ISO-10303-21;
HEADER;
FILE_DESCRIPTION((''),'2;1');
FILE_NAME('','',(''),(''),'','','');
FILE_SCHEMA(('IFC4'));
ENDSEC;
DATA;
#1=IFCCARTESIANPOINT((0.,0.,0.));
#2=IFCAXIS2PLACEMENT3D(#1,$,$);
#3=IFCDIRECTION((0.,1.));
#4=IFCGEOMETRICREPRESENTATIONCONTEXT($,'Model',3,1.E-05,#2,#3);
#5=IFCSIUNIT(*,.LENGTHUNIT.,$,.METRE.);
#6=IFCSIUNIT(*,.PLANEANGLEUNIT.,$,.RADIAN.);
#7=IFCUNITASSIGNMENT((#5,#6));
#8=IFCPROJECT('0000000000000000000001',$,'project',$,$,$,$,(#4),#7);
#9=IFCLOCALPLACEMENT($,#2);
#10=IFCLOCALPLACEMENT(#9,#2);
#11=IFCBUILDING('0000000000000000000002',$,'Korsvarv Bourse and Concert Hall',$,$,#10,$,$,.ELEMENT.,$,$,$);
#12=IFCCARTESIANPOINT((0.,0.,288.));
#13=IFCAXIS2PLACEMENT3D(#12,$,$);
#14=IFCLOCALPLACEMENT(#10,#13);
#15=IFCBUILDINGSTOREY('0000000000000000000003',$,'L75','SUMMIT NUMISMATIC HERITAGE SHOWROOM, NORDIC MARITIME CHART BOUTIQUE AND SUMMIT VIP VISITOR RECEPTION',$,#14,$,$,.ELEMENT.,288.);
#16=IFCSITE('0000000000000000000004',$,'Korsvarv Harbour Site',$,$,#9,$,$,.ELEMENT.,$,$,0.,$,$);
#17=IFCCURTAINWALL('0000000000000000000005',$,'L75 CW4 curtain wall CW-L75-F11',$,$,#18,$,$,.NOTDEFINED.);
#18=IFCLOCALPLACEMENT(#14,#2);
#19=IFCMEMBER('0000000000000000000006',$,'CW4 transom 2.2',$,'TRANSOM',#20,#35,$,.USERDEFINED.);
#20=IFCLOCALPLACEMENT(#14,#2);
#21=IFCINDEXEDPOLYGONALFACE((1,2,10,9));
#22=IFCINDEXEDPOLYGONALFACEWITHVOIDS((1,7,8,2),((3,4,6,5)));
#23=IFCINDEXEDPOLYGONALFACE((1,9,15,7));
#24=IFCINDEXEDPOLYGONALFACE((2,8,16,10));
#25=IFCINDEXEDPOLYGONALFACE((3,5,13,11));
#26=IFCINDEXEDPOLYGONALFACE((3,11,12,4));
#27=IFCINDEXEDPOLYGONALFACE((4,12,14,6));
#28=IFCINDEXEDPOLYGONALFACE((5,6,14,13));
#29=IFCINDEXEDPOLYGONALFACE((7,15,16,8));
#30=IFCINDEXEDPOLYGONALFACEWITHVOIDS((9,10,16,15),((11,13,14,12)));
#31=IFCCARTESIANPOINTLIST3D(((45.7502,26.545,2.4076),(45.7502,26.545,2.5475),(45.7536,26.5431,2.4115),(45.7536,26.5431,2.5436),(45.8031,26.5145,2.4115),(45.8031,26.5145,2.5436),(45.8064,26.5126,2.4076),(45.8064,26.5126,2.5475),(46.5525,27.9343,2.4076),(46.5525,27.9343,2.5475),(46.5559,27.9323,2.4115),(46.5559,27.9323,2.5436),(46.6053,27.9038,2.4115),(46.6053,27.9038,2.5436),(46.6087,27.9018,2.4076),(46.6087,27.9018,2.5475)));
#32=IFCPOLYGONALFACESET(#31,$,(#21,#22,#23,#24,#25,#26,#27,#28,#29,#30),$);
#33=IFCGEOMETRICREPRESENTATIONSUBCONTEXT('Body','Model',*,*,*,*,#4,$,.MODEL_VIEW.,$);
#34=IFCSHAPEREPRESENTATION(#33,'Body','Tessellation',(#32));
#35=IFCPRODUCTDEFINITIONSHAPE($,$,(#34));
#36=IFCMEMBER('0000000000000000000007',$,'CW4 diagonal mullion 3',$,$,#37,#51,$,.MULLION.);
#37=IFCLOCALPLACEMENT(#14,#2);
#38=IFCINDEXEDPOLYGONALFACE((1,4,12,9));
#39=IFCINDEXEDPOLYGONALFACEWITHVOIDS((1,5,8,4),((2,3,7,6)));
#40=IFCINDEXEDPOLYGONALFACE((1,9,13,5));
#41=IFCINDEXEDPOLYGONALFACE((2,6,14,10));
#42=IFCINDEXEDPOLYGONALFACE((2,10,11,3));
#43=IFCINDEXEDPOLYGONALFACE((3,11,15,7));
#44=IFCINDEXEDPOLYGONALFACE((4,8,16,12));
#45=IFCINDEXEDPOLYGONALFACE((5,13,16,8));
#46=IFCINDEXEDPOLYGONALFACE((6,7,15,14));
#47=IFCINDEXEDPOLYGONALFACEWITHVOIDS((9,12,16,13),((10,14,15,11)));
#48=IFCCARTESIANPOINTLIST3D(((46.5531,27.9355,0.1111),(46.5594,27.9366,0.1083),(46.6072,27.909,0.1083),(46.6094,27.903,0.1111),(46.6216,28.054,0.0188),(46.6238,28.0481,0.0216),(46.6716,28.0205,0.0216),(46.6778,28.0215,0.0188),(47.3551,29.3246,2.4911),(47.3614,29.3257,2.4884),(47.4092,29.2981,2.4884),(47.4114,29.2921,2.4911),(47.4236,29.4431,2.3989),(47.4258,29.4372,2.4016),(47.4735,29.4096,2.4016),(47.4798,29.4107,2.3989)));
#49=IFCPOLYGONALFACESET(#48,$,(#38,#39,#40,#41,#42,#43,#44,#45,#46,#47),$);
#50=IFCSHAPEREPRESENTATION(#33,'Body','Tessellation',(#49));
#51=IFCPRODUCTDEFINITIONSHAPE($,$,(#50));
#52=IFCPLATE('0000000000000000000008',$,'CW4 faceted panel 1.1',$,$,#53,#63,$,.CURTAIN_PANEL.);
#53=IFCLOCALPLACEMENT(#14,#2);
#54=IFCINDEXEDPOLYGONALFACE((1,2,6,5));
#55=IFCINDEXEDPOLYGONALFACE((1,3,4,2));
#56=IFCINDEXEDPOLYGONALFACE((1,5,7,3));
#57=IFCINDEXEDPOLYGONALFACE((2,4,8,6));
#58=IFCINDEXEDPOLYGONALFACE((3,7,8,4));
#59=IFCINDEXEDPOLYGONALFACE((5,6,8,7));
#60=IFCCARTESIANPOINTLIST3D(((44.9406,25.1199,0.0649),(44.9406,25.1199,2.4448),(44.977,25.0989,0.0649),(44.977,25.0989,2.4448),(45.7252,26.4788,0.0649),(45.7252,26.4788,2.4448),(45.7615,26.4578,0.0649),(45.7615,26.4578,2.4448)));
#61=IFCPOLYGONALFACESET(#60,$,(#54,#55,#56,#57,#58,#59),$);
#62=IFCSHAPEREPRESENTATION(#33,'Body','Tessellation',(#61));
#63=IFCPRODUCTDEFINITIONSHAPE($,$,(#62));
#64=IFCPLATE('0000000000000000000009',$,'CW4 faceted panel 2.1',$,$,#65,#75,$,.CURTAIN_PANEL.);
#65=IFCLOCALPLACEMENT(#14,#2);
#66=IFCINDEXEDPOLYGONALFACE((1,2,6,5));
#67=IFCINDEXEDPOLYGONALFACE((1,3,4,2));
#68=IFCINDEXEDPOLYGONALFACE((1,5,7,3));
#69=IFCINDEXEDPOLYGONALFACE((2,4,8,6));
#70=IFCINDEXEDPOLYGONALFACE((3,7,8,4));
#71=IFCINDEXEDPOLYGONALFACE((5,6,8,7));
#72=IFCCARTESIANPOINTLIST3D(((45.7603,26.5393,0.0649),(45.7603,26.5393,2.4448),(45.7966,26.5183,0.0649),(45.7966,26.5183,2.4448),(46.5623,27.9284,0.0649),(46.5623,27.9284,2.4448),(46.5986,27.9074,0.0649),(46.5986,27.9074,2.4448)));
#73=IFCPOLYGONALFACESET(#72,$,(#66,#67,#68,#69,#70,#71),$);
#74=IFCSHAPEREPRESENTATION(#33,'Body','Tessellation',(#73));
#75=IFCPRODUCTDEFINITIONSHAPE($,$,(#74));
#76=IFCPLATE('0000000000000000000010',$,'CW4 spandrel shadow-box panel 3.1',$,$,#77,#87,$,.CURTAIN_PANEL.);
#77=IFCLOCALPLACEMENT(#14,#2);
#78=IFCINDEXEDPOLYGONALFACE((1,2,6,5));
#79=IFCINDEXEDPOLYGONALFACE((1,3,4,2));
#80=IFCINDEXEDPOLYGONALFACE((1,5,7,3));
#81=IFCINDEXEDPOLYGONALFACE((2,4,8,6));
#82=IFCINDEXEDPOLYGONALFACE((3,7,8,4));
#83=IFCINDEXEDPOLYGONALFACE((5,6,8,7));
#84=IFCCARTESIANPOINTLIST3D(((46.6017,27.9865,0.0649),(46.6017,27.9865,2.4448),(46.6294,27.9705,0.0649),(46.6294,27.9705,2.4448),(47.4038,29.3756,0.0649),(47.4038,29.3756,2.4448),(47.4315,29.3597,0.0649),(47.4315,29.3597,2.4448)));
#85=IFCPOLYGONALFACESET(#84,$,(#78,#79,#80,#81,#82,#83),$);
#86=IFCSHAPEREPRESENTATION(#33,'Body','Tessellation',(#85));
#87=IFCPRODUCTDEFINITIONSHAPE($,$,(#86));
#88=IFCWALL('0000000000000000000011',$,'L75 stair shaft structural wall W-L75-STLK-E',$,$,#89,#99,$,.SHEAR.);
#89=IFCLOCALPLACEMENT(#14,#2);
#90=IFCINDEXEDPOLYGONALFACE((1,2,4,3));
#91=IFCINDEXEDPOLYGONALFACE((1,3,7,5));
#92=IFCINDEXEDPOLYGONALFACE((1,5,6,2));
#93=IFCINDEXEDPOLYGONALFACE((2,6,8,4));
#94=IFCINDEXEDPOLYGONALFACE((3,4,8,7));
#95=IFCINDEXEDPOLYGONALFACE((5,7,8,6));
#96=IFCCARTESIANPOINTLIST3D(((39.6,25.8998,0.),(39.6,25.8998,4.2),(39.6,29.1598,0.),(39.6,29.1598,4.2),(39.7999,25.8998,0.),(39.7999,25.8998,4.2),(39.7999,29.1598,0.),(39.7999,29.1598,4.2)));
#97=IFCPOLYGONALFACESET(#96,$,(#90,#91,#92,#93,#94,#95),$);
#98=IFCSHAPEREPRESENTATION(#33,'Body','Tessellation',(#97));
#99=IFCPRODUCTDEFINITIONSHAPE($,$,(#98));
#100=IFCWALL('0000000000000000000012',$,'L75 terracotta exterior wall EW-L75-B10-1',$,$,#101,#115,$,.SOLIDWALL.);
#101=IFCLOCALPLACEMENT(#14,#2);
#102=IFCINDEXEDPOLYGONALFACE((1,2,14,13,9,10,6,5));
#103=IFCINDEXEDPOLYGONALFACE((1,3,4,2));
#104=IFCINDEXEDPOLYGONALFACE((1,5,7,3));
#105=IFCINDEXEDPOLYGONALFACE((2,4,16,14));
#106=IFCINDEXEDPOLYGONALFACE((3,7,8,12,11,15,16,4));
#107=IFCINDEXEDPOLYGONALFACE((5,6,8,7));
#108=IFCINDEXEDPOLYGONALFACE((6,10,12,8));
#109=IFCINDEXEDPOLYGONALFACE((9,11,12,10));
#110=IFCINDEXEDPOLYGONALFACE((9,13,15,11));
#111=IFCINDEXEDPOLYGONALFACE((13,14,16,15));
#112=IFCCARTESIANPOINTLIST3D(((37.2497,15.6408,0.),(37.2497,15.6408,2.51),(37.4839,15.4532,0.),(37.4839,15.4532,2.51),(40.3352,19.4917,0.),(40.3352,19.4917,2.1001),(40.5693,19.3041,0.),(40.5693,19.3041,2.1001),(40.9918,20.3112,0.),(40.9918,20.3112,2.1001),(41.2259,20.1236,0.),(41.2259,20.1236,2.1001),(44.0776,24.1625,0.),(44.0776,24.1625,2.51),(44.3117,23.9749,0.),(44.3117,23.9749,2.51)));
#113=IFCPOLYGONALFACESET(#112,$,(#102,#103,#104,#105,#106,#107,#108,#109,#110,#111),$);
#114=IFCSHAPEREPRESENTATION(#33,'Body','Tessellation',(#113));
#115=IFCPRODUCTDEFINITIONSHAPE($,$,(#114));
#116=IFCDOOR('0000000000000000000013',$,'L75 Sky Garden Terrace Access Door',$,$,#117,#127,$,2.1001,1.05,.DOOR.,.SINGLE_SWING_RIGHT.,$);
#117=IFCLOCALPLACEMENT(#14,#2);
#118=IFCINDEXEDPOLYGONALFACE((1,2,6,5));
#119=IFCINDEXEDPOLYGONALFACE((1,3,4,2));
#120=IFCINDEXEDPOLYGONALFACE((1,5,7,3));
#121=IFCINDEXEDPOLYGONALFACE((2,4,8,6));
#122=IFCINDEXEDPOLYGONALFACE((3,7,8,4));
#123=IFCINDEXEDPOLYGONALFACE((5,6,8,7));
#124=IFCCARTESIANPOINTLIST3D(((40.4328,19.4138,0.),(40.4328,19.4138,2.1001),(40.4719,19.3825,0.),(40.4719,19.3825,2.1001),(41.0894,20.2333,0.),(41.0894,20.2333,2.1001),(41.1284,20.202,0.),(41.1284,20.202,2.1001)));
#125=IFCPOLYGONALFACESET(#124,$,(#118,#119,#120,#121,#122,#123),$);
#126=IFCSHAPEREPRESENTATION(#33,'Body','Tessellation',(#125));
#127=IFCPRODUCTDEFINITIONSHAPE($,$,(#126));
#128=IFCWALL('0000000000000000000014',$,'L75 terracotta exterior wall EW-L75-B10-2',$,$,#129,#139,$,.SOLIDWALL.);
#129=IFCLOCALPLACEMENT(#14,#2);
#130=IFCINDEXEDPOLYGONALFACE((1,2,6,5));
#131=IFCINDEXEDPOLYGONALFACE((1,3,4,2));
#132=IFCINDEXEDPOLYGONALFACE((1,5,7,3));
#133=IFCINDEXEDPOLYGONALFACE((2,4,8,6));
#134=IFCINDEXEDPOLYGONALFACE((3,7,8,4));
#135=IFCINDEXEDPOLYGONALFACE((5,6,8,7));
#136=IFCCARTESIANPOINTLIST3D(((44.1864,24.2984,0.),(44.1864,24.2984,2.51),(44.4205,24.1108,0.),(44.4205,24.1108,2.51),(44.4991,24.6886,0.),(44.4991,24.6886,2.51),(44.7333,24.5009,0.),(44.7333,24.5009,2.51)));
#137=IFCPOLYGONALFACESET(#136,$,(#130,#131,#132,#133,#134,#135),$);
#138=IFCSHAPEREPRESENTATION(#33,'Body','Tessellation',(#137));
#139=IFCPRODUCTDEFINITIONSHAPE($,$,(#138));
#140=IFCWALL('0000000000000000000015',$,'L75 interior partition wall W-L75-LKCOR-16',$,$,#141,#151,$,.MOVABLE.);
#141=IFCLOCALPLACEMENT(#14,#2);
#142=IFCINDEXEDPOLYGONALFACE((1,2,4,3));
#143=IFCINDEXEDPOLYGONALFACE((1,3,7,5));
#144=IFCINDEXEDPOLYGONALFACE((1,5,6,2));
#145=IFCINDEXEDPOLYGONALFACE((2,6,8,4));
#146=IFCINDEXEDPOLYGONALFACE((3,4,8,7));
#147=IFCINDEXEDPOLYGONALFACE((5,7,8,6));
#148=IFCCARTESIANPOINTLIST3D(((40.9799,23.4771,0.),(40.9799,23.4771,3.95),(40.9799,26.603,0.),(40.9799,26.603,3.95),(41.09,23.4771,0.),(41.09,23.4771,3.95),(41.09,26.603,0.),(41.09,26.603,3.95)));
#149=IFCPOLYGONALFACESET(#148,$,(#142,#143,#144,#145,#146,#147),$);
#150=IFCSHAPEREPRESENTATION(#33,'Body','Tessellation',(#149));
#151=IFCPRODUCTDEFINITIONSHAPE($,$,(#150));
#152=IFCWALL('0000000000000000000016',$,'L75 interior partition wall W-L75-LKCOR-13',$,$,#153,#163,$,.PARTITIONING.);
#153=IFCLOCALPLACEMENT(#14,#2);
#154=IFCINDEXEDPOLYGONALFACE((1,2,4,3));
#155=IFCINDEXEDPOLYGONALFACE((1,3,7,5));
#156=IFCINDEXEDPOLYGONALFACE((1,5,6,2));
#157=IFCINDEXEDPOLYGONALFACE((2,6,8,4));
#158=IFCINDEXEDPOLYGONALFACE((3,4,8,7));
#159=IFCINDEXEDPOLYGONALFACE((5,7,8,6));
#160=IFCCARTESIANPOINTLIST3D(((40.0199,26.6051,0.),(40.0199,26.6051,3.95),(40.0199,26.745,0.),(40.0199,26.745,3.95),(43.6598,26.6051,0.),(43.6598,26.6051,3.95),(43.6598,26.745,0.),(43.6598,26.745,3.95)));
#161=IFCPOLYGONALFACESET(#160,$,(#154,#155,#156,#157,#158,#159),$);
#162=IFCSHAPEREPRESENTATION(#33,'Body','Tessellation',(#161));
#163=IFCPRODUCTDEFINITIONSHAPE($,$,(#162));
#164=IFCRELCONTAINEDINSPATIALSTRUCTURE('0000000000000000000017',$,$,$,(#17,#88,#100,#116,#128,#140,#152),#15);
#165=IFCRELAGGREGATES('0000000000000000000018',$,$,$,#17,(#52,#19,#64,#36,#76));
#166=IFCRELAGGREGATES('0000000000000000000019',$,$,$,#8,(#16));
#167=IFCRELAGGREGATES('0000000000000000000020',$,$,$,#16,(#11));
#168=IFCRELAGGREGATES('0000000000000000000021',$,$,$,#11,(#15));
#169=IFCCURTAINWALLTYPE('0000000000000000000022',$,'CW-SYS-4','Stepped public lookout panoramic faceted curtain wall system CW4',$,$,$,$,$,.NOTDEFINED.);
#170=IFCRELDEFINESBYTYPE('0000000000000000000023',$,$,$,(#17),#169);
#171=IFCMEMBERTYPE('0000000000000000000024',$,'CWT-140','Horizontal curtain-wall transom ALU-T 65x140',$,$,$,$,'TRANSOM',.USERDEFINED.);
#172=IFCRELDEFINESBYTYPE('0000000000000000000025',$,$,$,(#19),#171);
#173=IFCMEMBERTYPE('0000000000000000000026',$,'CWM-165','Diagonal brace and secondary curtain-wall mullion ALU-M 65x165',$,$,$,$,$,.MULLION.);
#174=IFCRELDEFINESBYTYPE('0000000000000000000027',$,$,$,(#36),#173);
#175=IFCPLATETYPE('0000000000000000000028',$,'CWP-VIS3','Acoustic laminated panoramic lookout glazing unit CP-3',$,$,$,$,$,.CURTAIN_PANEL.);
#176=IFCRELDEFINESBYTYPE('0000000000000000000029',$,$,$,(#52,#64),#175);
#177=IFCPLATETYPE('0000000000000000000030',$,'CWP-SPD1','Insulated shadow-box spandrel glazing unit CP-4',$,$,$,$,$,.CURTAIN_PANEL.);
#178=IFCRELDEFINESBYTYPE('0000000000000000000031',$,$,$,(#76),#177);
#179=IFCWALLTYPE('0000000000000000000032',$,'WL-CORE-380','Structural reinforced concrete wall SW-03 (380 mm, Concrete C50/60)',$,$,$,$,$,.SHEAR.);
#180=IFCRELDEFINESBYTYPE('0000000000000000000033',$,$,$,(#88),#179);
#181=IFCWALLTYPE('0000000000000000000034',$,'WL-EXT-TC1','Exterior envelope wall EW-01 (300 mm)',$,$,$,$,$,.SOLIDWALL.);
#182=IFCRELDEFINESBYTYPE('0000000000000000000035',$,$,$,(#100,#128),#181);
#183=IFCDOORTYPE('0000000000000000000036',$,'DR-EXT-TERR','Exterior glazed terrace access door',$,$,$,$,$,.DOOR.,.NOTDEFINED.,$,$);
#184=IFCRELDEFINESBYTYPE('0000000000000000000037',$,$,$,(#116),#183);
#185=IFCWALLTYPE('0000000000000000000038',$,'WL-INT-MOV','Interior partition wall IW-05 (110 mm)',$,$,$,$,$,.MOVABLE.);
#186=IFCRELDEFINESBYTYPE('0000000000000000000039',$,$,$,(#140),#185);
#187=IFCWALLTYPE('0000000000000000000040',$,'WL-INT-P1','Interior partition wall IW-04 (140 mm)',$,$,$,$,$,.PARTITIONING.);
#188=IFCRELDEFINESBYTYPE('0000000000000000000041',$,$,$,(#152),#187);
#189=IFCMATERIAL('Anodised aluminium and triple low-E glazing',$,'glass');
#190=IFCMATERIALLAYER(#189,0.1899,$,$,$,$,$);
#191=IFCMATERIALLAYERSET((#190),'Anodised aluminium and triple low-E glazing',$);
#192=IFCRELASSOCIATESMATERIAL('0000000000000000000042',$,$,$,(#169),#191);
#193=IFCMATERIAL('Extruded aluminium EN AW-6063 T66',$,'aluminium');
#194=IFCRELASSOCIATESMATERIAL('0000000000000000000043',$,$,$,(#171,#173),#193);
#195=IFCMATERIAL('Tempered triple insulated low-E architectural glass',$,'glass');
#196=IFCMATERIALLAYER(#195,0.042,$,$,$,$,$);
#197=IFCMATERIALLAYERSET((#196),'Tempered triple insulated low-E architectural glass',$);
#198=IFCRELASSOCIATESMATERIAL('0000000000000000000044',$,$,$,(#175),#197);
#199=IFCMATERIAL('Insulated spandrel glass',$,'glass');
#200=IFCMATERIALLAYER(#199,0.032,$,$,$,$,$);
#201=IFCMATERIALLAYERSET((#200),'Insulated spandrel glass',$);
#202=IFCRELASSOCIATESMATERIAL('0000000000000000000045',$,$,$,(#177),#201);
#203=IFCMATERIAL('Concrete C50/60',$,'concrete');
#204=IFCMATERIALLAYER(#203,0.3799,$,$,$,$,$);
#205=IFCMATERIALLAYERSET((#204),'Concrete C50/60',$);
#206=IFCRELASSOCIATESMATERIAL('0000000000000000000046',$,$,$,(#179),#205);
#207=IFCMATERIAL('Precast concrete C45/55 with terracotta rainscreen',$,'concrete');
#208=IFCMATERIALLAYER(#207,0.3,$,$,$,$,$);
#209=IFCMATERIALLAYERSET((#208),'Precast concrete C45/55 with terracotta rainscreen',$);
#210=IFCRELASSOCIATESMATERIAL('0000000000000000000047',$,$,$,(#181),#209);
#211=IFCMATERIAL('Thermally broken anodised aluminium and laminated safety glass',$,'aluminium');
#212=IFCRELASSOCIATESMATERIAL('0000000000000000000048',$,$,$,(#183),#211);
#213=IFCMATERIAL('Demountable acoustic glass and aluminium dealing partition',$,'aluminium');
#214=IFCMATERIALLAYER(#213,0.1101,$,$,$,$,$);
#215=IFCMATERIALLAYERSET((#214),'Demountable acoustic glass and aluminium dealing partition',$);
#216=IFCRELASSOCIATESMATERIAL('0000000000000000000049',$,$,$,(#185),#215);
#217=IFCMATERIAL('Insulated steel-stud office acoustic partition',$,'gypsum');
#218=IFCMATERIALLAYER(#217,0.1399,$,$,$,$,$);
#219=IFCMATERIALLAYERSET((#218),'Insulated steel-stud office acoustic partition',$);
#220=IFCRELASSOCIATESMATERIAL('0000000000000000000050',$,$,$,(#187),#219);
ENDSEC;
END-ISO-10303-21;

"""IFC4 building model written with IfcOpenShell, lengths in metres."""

from ifc_helpers import new_model, si_unit, direction, frame, frame_2d, origin, origin_2d, place, context, subcontext, project, spatial, rectangle, hollow_rectangle, extrude, source, transform, mapped, material, layer, layer_set, material_profile, profile_set, type_object, element, fill, aggregate, save


model = new_model("IFC4")

# Units and contexts
model_context = context("Model", 3, precision=1e-05, world=origin(), true_north=direction((0.0, 1.0)))
body_context = subcontext(model_context, "Body", "Model", "MODEL_VIEW")
ifc_project = project(units=[si_unit("LENGTHUNIT", "METRE"), si_unit("PLANEANGLEUNIT", "RADIAN")], contexts=[model_context])

# Site, building, storey
site_placement = place(None, origin())
site = spatial("IfcSite", under=ifc_project, at=site_placement, Name="Korsvarv Harbour Site", CompositionType="ELEMENT", RefElevation=0.0)
building_placement = place(site_placement, origin())
building = spatial("IfcBuilding", under=site, at=building_placement, Name="Korsvarv Bourse and Concert Hall", CompositionType="ELEMENT")
storey_placement = place(building_placement, frame((0.0, 0.0, 288.0)))
storey = spatial("IfcBuildingStorey", under=building, at=storey_placement, Name="L75", Description="SUMMIT NUMISMATIC HERITAGE SHOWROOM, NORDIC MARITIME CHART BOUTIQUE AND SUMMIT VIP VISITOR RECEPTION", CompositionType="ELEMENT", Elevation=288.0)

# Shared definitions
ifc_material_1 = material(Name="Concrete C50/60", Category="concrete")

# Curtain wall, members, plates
ifc_material_2 = material(Name="Anodised aluminium and triple low-E glazing", Category="glass")
ifc_layer_1 = layer(ifc_material_2, 0.1899)
ifc_layer_set_1 = layer_set([ifc_layer_1], Name="Anodised aluminium and triple low-E glazing")
curtain_wall_type = type_object("IfcCurtainWallType", Name="CW-SYS-4", Description="Stepped public lookout panoramic faceted curtain wall system CW4", PredefinedType="NOTDEFINED", material=ifc_layer_set_1)
curtain_wall_placement = place(storey_placement, origin())
curtain_wall = element("IfcCurtainWall", 1, at=curtain_wall_placement, inside=storey, type_object=curtain_wall_type, Name="L75 CW4 curtain wall CW-L75-F11", PredefinedType="NOTDEFINED")
ifc_material_3 = material(Name="Extruded aluminium EN AW-6063 T66", Category="aluminium")
ifc_material_profile_1 = material_profile(ifc_material_3, hollow_rectangle(XDim=0.0649, YDim=0.1399, WallThickness=0.0039, at=origin_2d()), Name="ALU-T 65x140")
ifc_profile_set_1 = profile_set([ifc_material_profile_1], Name="Extruded aluminium EN AW-6063 T66")
member_type_1 = type_object("IfcMemberType", Name="CWT-140", Description="Horizontal curtain-wall transom ALU-T 65x140", ElementType="TRANSOM", PredefinedType="USERDEFINED", material=ifc_profile_set_1)
shared_shape_1 = source(origin(), body_context, "Body", "SweptSolid", [
    extrude(hollow_rectangle(XDim=0.0649, YDim=0.1399, WallThickness=0.0039, at=origin_2d()), origin(), (0.0, 0.0, 1.0), 1.6042),
])
member_1_placement = place(storey_placement, frame((45.7783, 26.5288, 2.4775), z_axis=(0.5001, 0.865968, 0.0), x_axis=(-0.865968, 0.5001, 0.0)))
member_1 = element("IfcMember", 2, at=member_1_placement, type_object=member_type_1, Name="CW4 transom 2.2", ObjectType="TRANSOM", PredefinedType="USERDEFINED", context=body_context, shape_type="MappedRepresentation", body=[
    mapped(shared_shape_1, transform((0.0, 0.0, 0.0), scale=1.0)),
])
ifc_material_profile_2 = material_profile(ifc_material_3, hollow_rectangle(XDim=0.0649, YDim=0.165, WallThickness=0.0049, at=origin_2d()), Name="ALU-M 65x165")
ifc_profile_set_2 = profile_set([ifc_material_profile_2], Name="Extruded aluminium EN AW-6063 T66")
member_type_2 = type_object("IfcMemberType", Name="CWM-165", Description="Diagonal brace and secondary curtain-wall mullion ALU-M 65x165", PredefinedType="MULLION", material=ifc_profile_set_2)
shared_shape_2 = source(origin(), body_context, "Body", "SweptSolid", [
    extrude(hollow_rectangle(XDim=0.0649, YDim=0.165, WallThickness=0.0049, at=origin_2d()), origin(), (0.0, 0.0, 1.0), 2.8701),
])
member_2_placement = place(storey_placement, frame((46.6155, 27.9785, 0.0649), z_axis=(0.279425, 0.483996, 0.829258), x_axis=(-0.866034, 0.499986, 0.0)))
member_2 = element("IfcMember", 3, at=member_2_placement, type_object=member_type_2, Name="CW4 diagonal mullion 3", PredefinedType="MULLION", context=body_context, shape_type="MappedRepresentation", body=[
    mapped(shared_shape_2, transform((0.0, 0.0, 0.0), scale=1.0)),
])
ifc_material_4 = material(Name="Tempered triple insulated low-E architectural glass", Category="glass")
ifc_layer_2 = layer(ifc_material_4, 0.042)
ifc_layer_set_2 = layer_set([ifc_layer_2], Name="Tempered triple insulated low-E architectural glass")
plate_type_1 = type_object("IfcPlateType", Name="CWP-VIS3", Description="Acoustic laminated panoramic lookout glazing unit CP-3", PredefinedType="CURTAIN_PANEL", material=ifc_layer_set_2)
shared_shape_3 = source(origin(), body_context, "Body", "SweptSolid", [
    extrude(rectangle(XDim=1.5691, YDim=0.042, at=origin_2d()), origin(), (0.0, 0.0, 1.0), 2.3799),
])
plate_1_placement = place(storey_placement, frame((45.3511, 25.7888, 0.0649), z_axis=(0.0, 0.0, 1.0), x_axis=(0.500005, 0.866023, 0.0)))
plate_1 = element("IfcPlate", 4, at=plate_1_placement, type_object=plate_type_1, Name="CW4 faceted panel 1.1", PredefinedType="CURTAIN_PANEL", context=body_context, shape_type="MappedRepresentation", body=[
    mapped(shared_shape_3, transform((0.0, 0.0, 0.0), scale=1.0)),
])
shared_shape_4 = source(origin(), body_context, "Body", "SweptSolid", [
    extrude(rectangle(XDim=1.604, YDim=0.042, at=origin_2d()), origin(), (0.0, 0.0, 1.0), 2.3799),
])
plate_2_placement = place(storey_placement, frame((46.1794, 27.2234, 0.0649), z_axis=(0.0, 0.0, 1.0), x_axis=(0.500005, 0.866023, 0.0)))
plate_2 = element("IfcPlate", 5, at=plate_2_placement, type_object=plate_type_1, Name="CW4 faceted panel 2.1", PredefinedType="CURTAIN_PANEL", context=body_context, shape_type="MappedRepresentation", body=[
    mapped(shared_shape_4, transform((0.0, 0.0, 0.0), scale=1.0)),
])
ifc_material_5 = material(Name="Insulated spandrel glass", Category="glass")
ifc_layer_3 = layer(ifc_material_5, 0.032)
ifc_layer_set_3 = layer_set([ifc_layer_3], Name="Insulated spandrel glass")
plate_type_2 = type_object("IfcPlateType", Name="CWP-SPD1", Description="Insulated shadow-box spandrel glazing unit CP-4", PredefinedType="CURTAIN_PANEL", material=ifc_layer_set_3)
shared_shape_5 = source(origin(), body_context, "Body", "SweptSolid", [
    extrude(rectangle(XDim=1.604, YDim=0.032, at=origin_2d()), origin(), (0.0, 0.0, 1.0), 2.3799),
])
plate_3_placement = place(storey_placement, frame((47.0166, 28.6731, 0.0649), z_axis=(0.0, 0.0, 1.0), x_axis=(0.500005, 0.866023, 0.0)))
plate_3 = element("IfcPlate", 6, at=plate_3_placement, type_object=plate_type_2, Name="CW4 spandrel shadow-box panel 3.1", PredefinedType="CURTAIN_PANEL", context=body_context, shape_type="MappedRepresentation", body=[
    mapped(shared_shape_5, transform((0.0, 0.0, 0.0), scale=1.0)),
])
aggregate(curtain_wall, [plate_1, member_1, plate_2, member_2, plate_3])

# Wall
ifc_layer_4 = layer(ifc_material_1, 0.3799)
ifc_layer_set_4 = layer_set([ifc_layer_4], Name="Concrete C50/60")
wall_type_1 = type_object("IfcWallType", Name="WL-CORE-380", Description="Structural reinforced concrete wall SW-03 (380 mm, Concrete C50/60)", PredefinedType="SHEAR", material=ifc_layer_set_4)
wall_1_placement = place(storey_placement, frame((39.7, 25.8999, 0.0), z_axis=(0.0, 0.0, 1.0), x_axis=(0.0, 1.0, 0.0)))
element("IfcWall", 7, at=wall_1_placement, inside=storey, type_object=wall_type_1, Name="L75 stair shaft structural wall W-L75-STLK-E", PredefinedType="SHEAR", context=body_context, shape_type="SweptSolid", body=[
    extrude(rectangle(XDim=3.26, YDim=0.2, at=frame_2d((1.6299, 0.0))), origin(), (0.0, 0.0, 1.0), 4.2),
])

# Wall, opening, door
ifc_material_6 = material(Name="Precast concrete C45/55 with terracotta rainscreen", Category="concrete")
ifc_layer_5 = layer(ifc_material_6, 0.3)
ifc_layer_set_5 = layer_set([ifc_layer_5], Name="Precast concrete C45/55 with terracotta rainscreen")
wall_type_2 = type_object("IfcWallType", Name="WL-EXT-TC1", Description="Exterior envelope wall EW-01 (300 mm)", PredefinedType="SOLIDWALL", material=ifc_layer_set_5)
wall_2_placement = place(storey_placement, frame((37.3667, 15.5469, 0.0), z_axis=(0.0, 0.0, 1.0), x_axis=(0.625281, 0.7804, 0.0)))
wall_2 = element("IfcWall", 8, at=wall_2_placement, inside=storey, type_object=wall_type_2, Name="L75 terracotta exterior wall EW-L75-B10-1", PredefinedType="SOLIDWALL", context=body_context, shape_type="SweptSolid", body=[
    extrude(rectangle(XDim=10.9197, YDim=0.3, at=frame_2d((5.46, 0.0))), origin(), (0.0, 0.0, 1.0), 2.51),
])
opening_placement = place(wall_2_placement, frame((4.9348, 0.0, 0.0)))
opening = element("IfcOpeningElement", 9, at=opening_placement, cuts=wall_2, PredefinedType="OPENING", context=body_context, shape_type="SweptSolid", body=[
    extrude(rectangle(XDim=1.05, YDim=2.1001, at=frame_2d((0.5249, 1.05))), frame((0.0, 0.1602, 0.0), z_axis=(0.0, -1.0, 0.0), x_axis=(1.0, 0.0, 0.0)), (0.0, 0.0, 1.0), 0.3201),
])
ifc_material_7 = material(Name="Thermally broken anodised aluminium and laminated safety glass", Category="aluminium")
door_type = type_object("IfcDoorType", Name="DR-EXT-TERR", Description="Exterior glazed terrace access door", OperationType="NOTDEFINED", PredefinedType="DOOR", material=ifc_material_7)
door_placement = place(opening_placement, frame((1.05, 0.0, 0.0), z_axis=(0.0, 0.0, 1.0), x_axis=(-1.0, 0.0, 0.0)))
door = element("IfcDoor", 10, at=door_placement, inside=storey, type_object=door_type, Name="L75 Sky Garden Terrace Access Door", OperationType="SINGLE_SWING_RIGHT", OverallHeight=2.1001, OverallWidth=1.05, PredefinedType="DOOR", context=body_context, shape_type="SweptSolid", body=[
    extrude(rectangle(XDim=1.05, YDim=2.1001, at=frame_2d((0.5249, 1.05))), frame((0.0, 0.0249, 0.0), z_axis=(0.0, -1.0, 0.0), x_axis=(1.0, 0.0, 0.0)), (0.0, 0.0, 1.0), 0.05),
])
fill(opening, door)

# Walls
wall_3_placement = place(storey_placement, frame((44.3035, 24.2046, 0.0), z_axis=(0.0, 0.0, 1.0), x_axis=(0.625469, 0.780249, 0.0)))
element("IfcWall", 11, at=wall_3_placement, inside=storey, type_object=wall_type_2, Name="L75 terracotta exterior wall EW-L75-B10-2", PredefinedType="SOLIDWALL", context=body_context, shape_type="SweptSolid", body=[
    extrude(rectangle(XDim=0.5, YDim=0.3, at=frame_2d((0.25, 0.0))), origin(), (0.0, 0.0, 1.0), 2.51),
])
ifc_material_8 = material(Name="Demountable acoustic glass and aluminium dealing partition", Category="aluminium")
ifc_layer_6 = layer(ifc_material_8, 0.1101)
ifc_layer_set_6 = layer_set([ifc_layer_6], Name="Demountable acoustic glass and aluminium dealing partition")
wall_type_3 = type_object("IfcWallType", Name="WL-INT-MOV", Description="Interior partition wall IW-05 (110 mm)", PredefinedType="MOVABLE", material=ifc_layer_set_6)
wall_4_placement = place(storey_placement, frame((41.0349, 23.4771, 0.0), z_axis=(0.0, 0.0, 1.0), x_axis=(0.0, 1.0, 0.0)))
element("IfcWall", 12, at=wall_4_placement, inside=storey, type_object=wall_type_3, Name="L75 interior partition wall W-L75-LKCOR-16", PredefinedType="MOVABLE", context=body_context, shape_type="SweptSolid", body=[
    extrude(rectangle(XDim=3.126, YDim=0.1101, at=frame_2d((1.563, 0.0))), origin(), (0.0, 0.0, 1.0), 3.95),
])
ifc_material_9 = material(Name="Insulated steel-stud office acoustic partition", Category="gypsum")
ifc_layer_7 = layer(ifc_material_9, 0.1399)
ifc_layer_set_7 = layer_set([ifc_layer_7], Name="Insulated steel-stud office acoustic partition")
wall_type_4 = type_object("IfcWallType", Name="WL-INT-P1", Description="Interior partition wall IW-04 (140 mm)", PredefinedType="PARTITIONING", material=ifc_layer_set_7)
wall_5_placement = place(storey_placement, frame((40.02, 26.675, 0.0), z_axis=(0.0, 0.0, 1.0), x_axis=(1.0, 0.0, 0.0)))
element("IfcWall", 13, at=wall_5_placement, inside=storey, type_object=wall_type_4, Name="L75 interior partition wall W-L75-LKCOR-13", PredefinedType="PARTITIONING", context=body_context, shape_type="SweptSolid", body=[
    extrude(rectangle(XDim=3.6399, YDim=0.1399, at=frame_2d((1.8198, 0.0))), origin(), (0.0, 0.0, 1.0), 3.95),
])

save(model, "model.ifc")
